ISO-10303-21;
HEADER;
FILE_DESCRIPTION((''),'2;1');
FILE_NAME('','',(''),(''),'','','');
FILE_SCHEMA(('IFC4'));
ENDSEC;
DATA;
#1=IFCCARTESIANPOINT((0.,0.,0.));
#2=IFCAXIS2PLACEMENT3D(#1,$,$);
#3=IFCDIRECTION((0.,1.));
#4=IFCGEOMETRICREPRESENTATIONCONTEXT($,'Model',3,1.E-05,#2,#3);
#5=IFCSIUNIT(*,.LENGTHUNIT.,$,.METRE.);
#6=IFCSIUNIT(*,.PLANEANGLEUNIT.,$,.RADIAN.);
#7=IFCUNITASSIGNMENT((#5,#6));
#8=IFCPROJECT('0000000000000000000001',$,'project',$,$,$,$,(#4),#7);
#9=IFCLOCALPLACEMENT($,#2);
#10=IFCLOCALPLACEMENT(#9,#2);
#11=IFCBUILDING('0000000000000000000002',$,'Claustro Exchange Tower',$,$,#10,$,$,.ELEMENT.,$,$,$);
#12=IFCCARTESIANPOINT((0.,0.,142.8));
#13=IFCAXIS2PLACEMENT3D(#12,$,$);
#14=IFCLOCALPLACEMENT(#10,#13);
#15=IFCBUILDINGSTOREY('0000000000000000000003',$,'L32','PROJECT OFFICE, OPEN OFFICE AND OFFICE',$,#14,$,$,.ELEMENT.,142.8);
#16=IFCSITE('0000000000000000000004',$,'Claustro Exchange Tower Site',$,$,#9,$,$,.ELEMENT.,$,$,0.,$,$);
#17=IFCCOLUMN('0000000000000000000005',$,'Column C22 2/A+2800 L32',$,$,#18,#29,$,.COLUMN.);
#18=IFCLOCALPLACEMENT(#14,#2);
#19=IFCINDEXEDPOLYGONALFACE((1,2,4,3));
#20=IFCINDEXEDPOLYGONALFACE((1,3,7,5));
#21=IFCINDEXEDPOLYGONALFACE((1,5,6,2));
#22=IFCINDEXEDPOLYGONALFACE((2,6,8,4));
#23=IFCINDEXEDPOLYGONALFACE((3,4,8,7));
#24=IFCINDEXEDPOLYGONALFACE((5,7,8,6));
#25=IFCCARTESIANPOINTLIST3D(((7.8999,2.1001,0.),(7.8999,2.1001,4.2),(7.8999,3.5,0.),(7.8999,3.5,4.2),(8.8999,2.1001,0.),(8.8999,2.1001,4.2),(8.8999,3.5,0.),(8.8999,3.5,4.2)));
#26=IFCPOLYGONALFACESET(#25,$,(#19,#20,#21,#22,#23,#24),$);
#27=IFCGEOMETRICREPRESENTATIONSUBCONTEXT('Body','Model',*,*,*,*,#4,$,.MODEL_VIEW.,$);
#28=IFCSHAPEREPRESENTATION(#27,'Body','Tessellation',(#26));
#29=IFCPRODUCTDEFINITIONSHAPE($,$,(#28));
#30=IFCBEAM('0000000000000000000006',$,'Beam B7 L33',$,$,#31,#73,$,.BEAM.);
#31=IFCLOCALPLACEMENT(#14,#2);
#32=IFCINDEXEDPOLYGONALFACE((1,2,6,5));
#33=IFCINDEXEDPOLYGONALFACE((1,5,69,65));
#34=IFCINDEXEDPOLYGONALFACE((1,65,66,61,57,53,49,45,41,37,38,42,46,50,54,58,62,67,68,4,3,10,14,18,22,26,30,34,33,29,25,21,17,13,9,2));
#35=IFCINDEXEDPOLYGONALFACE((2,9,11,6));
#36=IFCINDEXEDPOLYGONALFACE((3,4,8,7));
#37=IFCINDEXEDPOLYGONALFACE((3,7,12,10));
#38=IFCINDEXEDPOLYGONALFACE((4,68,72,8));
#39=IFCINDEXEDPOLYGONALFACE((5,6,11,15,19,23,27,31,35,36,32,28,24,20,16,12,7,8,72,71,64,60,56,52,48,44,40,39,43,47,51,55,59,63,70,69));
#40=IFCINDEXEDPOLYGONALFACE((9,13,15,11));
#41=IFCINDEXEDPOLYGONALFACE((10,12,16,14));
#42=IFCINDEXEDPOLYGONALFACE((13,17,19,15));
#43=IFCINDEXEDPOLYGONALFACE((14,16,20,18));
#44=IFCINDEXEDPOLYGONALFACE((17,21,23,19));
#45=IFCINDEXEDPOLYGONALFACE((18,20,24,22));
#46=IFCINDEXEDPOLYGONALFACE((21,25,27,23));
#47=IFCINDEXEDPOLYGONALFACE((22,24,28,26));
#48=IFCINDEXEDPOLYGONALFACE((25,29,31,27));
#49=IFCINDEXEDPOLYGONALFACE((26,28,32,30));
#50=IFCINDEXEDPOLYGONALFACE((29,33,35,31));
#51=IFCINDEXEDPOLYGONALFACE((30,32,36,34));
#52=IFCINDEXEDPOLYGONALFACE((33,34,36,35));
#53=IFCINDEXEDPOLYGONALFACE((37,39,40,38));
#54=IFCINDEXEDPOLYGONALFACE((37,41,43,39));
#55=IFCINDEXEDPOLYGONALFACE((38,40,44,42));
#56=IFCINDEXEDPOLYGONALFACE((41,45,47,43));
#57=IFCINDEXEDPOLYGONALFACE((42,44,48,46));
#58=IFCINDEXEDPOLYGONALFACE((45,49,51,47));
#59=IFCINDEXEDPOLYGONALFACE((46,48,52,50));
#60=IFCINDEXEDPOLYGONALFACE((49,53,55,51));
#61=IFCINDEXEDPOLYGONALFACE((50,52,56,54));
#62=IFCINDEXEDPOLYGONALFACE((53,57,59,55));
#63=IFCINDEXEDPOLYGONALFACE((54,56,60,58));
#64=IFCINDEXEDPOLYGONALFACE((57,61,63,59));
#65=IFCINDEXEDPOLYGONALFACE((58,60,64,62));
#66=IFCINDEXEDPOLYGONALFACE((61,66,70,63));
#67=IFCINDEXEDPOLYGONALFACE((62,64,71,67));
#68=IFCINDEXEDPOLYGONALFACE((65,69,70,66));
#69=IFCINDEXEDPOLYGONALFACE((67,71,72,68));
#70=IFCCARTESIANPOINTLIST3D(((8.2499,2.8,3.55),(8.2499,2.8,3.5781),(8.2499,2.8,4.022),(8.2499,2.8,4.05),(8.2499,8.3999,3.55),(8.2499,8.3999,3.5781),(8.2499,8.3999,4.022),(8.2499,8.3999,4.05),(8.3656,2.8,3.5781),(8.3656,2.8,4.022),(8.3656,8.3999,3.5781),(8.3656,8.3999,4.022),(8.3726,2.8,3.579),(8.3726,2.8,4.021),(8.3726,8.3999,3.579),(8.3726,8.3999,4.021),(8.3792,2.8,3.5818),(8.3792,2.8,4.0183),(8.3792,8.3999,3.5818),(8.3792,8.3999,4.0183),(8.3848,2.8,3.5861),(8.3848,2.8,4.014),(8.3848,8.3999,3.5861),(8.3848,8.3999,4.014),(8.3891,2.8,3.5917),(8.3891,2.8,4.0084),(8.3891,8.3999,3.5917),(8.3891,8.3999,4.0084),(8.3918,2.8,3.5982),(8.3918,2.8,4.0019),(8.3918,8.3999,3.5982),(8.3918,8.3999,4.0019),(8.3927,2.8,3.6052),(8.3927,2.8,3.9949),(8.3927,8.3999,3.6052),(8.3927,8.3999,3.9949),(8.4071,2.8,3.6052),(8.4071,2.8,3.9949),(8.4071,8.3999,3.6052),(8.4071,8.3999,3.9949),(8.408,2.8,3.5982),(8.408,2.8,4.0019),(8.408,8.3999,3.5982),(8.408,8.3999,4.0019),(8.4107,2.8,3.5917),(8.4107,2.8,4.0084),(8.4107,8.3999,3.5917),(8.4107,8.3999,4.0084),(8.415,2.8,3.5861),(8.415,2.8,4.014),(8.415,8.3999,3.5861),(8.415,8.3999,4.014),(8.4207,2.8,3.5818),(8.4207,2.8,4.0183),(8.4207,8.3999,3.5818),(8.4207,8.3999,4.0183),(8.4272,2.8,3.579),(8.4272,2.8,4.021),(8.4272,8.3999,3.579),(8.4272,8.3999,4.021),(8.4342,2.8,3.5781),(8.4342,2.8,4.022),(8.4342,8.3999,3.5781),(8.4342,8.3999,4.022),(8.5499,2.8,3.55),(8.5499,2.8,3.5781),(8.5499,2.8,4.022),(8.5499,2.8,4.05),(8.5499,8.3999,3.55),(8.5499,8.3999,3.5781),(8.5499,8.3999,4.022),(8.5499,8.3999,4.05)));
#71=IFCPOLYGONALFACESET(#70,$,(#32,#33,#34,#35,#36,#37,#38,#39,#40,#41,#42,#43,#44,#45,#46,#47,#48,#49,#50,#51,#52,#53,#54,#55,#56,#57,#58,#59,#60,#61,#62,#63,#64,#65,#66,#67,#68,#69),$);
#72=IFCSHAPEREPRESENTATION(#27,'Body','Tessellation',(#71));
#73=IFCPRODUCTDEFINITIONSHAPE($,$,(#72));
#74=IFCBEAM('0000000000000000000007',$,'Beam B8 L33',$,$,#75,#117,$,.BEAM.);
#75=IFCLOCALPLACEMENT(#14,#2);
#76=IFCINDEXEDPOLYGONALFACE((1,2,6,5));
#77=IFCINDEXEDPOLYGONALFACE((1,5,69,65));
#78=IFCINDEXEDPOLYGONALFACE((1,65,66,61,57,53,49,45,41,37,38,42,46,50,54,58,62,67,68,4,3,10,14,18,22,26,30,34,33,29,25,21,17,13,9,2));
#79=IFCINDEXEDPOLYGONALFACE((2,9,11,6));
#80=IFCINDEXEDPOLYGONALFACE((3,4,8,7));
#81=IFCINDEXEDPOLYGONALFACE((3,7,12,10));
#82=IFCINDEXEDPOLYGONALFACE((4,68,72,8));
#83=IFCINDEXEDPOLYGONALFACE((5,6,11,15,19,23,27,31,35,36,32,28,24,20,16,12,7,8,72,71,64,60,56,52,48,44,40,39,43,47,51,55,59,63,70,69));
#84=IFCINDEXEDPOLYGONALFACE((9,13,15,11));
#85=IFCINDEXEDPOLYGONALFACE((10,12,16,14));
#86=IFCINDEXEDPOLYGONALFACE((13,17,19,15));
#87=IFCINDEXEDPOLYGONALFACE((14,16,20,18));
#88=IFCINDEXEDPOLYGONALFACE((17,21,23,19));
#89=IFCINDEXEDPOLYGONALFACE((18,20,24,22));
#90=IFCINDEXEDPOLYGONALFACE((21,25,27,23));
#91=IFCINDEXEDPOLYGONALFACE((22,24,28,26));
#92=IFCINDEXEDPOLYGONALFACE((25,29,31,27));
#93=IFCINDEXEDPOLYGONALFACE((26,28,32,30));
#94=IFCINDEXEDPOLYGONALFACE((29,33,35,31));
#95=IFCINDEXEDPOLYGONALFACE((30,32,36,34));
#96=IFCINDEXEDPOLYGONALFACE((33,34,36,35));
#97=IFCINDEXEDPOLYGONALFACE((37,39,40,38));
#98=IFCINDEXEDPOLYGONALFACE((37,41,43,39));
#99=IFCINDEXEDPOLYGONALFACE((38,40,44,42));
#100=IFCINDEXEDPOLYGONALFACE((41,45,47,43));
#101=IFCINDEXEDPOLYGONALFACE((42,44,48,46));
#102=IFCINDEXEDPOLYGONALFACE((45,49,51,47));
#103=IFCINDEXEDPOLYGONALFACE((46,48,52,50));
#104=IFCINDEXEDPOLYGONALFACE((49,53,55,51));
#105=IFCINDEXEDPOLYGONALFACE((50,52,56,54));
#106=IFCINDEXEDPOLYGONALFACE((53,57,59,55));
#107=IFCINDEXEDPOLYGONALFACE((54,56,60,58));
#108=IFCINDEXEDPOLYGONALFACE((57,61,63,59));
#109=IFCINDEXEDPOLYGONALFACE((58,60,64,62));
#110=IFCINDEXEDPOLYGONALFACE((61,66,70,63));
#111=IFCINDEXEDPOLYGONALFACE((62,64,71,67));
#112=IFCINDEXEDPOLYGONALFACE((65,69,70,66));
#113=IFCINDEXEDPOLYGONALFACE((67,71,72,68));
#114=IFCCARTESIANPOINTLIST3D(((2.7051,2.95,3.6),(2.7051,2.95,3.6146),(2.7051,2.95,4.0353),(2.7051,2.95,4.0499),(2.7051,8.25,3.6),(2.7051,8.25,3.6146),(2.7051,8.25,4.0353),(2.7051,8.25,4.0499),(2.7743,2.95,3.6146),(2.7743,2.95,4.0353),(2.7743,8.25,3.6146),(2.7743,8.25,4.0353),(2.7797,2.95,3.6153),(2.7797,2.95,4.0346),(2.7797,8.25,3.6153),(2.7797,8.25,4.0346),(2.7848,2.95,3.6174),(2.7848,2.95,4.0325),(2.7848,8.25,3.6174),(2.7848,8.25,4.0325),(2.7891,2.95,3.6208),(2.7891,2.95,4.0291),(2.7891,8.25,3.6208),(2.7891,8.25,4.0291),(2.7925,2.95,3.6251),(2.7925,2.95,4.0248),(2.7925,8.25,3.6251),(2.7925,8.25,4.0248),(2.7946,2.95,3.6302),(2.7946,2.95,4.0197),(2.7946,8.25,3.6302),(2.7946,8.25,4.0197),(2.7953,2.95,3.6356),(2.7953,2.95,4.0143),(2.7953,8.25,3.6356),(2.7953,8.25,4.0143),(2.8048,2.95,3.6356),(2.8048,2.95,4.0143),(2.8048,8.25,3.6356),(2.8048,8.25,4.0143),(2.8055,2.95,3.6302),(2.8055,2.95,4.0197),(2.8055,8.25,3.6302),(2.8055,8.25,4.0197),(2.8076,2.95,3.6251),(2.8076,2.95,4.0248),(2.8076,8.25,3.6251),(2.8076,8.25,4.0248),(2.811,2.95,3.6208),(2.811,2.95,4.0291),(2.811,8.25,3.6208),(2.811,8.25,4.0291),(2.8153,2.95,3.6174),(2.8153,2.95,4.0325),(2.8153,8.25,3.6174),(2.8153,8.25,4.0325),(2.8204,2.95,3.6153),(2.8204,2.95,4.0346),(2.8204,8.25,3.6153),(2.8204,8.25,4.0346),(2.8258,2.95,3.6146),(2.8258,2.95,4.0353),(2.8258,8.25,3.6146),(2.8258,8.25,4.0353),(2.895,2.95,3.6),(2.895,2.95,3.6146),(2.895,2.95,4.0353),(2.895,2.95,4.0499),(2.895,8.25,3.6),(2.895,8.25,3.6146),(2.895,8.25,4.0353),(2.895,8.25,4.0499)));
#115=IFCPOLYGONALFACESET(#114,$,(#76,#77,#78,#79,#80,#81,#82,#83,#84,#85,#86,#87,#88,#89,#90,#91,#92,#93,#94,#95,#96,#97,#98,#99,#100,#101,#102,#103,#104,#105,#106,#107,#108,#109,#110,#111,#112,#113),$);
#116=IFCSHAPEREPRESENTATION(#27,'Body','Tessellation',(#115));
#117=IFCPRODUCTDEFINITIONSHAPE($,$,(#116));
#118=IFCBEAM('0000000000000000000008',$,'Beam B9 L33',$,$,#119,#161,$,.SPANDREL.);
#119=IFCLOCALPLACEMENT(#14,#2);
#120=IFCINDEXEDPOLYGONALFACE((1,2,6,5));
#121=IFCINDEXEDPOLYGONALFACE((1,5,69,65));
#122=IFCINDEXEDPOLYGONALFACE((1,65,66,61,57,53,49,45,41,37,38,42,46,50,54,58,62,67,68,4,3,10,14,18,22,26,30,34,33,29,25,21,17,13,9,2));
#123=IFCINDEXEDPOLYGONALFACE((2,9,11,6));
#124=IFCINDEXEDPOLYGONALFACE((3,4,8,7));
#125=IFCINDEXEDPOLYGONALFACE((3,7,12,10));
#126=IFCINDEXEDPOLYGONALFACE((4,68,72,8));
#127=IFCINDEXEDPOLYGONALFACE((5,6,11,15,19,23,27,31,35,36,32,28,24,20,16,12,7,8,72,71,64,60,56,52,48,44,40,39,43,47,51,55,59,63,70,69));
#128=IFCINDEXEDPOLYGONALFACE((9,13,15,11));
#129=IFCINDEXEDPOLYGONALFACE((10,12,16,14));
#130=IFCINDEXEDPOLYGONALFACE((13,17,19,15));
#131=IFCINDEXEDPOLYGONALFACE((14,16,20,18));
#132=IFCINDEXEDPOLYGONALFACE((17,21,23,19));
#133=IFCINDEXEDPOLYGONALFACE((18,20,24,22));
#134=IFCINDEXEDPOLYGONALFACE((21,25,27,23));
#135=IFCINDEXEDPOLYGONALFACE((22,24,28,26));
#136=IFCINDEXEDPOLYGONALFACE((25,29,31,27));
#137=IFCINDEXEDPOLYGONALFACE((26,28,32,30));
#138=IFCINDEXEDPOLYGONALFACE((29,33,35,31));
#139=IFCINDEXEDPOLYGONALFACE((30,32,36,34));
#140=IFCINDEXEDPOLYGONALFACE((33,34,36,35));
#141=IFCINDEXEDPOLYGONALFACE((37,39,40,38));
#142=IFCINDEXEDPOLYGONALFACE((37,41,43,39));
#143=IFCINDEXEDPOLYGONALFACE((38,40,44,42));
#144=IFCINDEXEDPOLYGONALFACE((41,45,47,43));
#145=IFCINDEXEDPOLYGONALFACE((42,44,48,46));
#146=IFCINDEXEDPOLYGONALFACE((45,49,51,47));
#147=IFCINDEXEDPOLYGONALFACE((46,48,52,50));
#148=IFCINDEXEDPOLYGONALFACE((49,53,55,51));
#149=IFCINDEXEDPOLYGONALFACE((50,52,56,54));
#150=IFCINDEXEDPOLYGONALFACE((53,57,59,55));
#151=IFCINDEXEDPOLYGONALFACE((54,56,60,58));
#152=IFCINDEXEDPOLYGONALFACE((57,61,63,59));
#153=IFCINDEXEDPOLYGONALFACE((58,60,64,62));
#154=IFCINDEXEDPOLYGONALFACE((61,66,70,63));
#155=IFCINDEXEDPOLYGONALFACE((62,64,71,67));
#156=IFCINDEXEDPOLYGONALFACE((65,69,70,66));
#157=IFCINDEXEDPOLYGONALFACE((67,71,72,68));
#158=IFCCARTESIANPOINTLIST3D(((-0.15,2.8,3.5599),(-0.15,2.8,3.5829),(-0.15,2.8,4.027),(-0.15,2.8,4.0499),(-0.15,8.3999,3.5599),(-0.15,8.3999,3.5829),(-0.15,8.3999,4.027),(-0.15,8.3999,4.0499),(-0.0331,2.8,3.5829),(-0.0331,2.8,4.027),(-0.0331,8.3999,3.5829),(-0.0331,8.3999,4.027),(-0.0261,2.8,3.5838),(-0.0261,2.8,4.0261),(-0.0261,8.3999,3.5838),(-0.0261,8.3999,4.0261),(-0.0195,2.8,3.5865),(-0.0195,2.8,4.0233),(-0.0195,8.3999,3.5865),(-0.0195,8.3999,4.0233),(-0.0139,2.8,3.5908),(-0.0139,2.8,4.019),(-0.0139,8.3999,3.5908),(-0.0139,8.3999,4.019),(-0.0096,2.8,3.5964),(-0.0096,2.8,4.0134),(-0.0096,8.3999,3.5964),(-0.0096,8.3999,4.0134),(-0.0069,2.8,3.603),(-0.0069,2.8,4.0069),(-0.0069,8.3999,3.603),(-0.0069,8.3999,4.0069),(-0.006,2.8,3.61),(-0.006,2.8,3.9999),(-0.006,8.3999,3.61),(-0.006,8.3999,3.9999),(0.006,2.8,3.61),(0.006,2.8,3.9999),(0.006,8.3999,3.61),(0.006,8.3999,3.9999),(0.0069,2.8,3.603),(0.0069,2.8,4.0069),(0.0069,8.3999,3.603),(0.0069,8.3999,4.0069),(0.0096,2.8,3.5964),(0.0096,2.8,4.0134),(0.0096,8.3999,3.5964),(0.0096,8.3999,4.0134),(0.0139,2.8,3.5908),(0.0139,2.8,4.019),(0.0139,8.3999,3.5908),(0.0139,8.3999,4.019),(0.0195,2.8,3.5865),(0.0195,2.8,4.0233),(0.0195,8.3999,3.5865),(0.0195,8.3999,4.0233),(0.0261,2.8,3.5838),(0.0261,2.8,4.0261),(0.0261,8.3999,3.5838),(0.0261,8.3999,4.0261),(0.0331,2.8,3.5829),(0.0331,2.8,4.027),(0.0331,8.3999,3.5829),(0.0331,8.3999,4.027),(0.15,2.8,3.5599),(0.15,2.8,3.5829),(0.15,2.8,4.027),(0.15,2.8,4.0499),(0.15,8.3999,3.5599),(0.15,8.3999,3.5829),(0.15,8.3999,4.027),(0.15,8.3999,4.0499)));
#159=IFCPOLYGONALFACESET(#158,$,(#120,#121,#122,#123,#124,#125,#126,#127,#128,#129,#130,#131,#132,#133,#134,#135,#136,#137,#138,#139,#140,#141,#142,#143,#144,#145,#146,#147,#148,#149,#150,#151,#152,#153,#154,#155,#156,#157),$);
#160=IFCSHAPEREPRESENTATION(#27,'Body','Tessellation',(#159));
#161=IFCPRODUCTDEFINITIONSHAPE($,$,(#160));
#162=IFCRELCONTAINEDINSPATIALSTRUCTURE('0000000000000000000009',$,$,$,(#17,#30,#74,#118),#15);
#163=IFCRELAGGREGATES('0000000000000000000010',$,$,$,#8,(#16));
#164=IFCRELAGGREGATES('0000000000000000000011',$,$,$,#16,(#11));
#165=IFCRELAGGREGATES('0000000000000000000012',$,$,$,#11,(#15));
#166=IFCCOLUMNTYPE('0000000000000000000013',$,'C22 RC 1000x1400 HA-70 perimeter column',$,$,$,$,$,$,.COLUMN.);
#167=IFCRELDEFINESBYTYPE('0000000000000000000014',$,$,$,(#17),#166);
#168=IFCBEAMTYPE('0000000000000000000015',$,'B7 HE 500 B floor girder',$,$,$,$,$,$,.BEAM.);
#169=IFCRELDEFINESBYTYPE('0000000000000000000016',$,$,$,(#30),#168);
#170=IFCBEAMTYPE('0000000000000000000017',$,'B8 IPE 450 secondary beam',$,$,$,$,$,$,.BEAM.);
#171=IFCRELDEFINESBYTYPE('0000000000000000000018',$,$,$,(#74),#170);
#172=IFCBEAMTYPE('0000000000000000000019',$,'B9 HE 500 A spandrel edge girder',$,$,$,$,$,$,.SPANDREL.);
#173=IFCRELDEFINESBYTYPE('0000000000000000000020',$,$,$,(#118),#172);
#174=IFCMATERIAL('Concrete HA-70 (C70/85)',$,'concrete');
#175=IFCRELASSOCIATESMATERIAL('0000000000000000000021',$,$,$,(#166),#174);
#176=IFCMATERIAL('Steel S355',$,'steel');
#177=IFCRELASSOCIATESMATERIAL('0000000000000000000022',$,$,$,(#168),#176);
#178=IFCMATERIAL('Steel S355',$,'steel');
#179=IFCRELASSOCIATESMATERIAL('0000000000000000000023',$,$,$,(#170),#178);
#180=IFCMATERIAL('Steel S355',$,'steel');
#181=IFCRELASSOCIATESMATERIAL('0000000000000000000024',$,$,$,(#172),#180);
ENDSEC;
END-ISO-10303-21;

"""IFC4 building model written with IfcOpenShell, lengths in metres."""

from ifc_helpers import new_model, si_unit, direction, frame, origin, origin_2d, place, context, subcontext, project, spatial, rectangle, i_section, extrude, material, material_profile, profile_set, type_object, element, save


model = new_model("IFC4")

# Units and contexts
model_context = context("Model", 3, precision=1e-05, world=origin(), true_north=direction((0.0, 1.0)))
body_context = subcontext(model_context, "Body", "Model", "MODEL_VIEW")
ifc_project = project(units=[si_unit("LENGTHUNIT", "METRE"), si_unit("PLANEANGLEUNIT", "RADIAN")], contexts=[model_context])

# Site, building, storey
site_placement = place(None, origin())
site = spatial("IfcSite", under=ifc_project, at=site_placement, Name="Claustro Exchange Tower Site", CompositionType="ELEMENT", RefElevation=0.0)
building_placement = place(site_placement, origin())
building = spatial("IfcBuilding", under=site, at=building_placement, Name="Claustro Exchange Tower", CompositionType="ELEMENT")
storey_placement = place(building_placement, frame((0.0, 0.0, 142.8)))
storey = spatial("IfcBuildingStorey", under=building, at=storey_placement, Name="L32", Description="PROJECT OFFICE, OPEN OFFICE AND OFFICE", CompositionType="ELEMENT", Elevation=142.8)

# Column
ifc_material_1 = material(Name="Concrete HA-70 (C70/85)", Category="concrete")
ifc_material_profile_1 = material_profile(ifc_material_1, rectangle(XDim=1.0, YDim=1.3999, at=origin_2d()), Name="RC 1000x1400")
ifc_profile_set_1 = profile_set([ifc_material_profile_1], Name="Concrete HA-70 (C70/85)")
column_type = type_object("IfcColumnType", Name="C22 RC 1000x1400 HA-70 perimeter column", PredefinedType="COLUMN", material=ifc_profile_set_1)
column_placement = place(storey_placement, frame((8.3999, 2.8, 0.0), z_axis=(0.0, 0.0, 1.0), x_axis=(1.0, 0.0, 0.0)))
element("IfcColumn", 1, at=column_placement, inside=storey, type_object=column_type, Name="Column C22 2/A+2800 L32", PredefinedType="COLUMN", context=body_context, shape_type="SweptSolid", body=[
    extrude(rectangle(XDim=1.0, YDim=1.3999, at=origin_2d()), origin(), (0.0, 0.0, 1.0), 4.2),
])

# Beams
ifc_material_2 = material(Name="Steel S355", Category="steel")
ifc_material_profile_2 = material_profile(ifc_material_2, i_section(OverallWidth=0.3, OverallDepth=0.5, WebThickness=0.0144, FlangeThickness=0.0281, FilletRadius=0.0271, at=origin_2d()), Name="HE 500 B")
ifc_profile_set_2 = profile_set([ifc_material_profile_2], Name="Steel S355")
beam_type_1 = type_object("IfcBeamType", Name="B7 HE 500 B floor girder", PredefinedType="BEAM", material=ifc_profile_set_2)
beam_1_placement = place(storey_placement, frame((8.3999, 2.8, 3.8), z_axis=(0.0, 1.0, 0.0), x_axis=(-1.0, 0.0, 0.0)))
element("IfcBeam", 2, at=beam_1_placement, inside=storey, type_object=beam_type_1, Name="Beam B7 L33", PredefinedType="BEAM", context=body_context, shape_type="SweptSolid", body=[
    extrude(i_section(OverallWidth=0.3, OverallDepth=0.5, WebThickness=0.0144, FlangeThickness=0.0281, FilletRadius=0.0271, at=origin_2d()), origin(), (0.0, 0.0, 1.0), 5.5999),
])
ifc_material_3 = material(Name="Steel S355", Category="steel")
ifc_material_profile_3 = material_profile(ifc_material_3, i_section(OverallWidth=0.1899, OverallDepth=0.45, WebThickness=0.0095, FlangeThickness=0.0146, FilletRadius=0.021, at=origin_2d()), Name="IPE 450")
ifc_profile_set_3 = profile_set([ifc_material_profile_3], Name="Steel S355")
beam_type_2 = type_object("IfcBeamType", Name="B8 IPE 450 secondary beam", PredefinedType="BEAM", material=ifc_profile_set_3)
beam_2_placement = place(storey_placement, frame((2.8, 2.95, 3.825), z_axis=(0.0, 1.0, 0.0), x_axis=(-1.0, 0.0, 0.0)))
element("IfcBeam", 3, at=beam_2_placement, inside=storey, type_object=beam_type_2, Name="Beam B8 L33", PredefinedType="BEAM", context=body_context, shape_type="SweptSolid", body=[
    extrude(i_section(OverallWidth=0.1899, OverallDepth=0.45, WebThickness=0.0095, FlangeThickness=0.0146, FilletRadius=0.021, at=origin_2d()), origin(), (0.0, 0.0, 1.0), 5.3),
])
ifc_material_4 = material(Name="Steel S355", Category="steel")
ifc_material_profile_4 = material_profile(ifc_material_4, i_section(OverallWidth=0.3, OverallDepth=0.49, WebThickness=0.012, FlangeThickness=0.0229, FilletRadius=0.0271, at=origin_2d()), Name="HE 500 A")
ifc_profile_set_4 = profile_set([ifc_material_profile_4], Name="Steel S355")
beam_type_3 = type_object("IfcBeamType", Name="B9 HE 500 A spandrel edge girder", PredefinedType="SPANDREL", material=ifc_profile_set_4)
beam_3_placement = place(storey_placement, frame((0.0, 2.8, 3.8049), z_axis=(0.0, 1.0, 0.0), x_axis=(-1.0, 0.0, 0.0)))
element("IfcBeam", 4, at=beam_3_placement, inside=storey, type_object=beam_type_3, Name="Beam B9 L33", PredefinedType="SPANDREL", context=body_context, shape_type="SweptSolid", body=[
    extrude(i_section(OverallWidth=0.3, OverallDepth=0.49, WebThickness=0.012, FlangeThickness=0.0229, FilletRadius=0.0271, at=origin_2d()), origin(), (0.0, 0.0, 1.0), 5.5999),
])

save(model, "model.ifc")
